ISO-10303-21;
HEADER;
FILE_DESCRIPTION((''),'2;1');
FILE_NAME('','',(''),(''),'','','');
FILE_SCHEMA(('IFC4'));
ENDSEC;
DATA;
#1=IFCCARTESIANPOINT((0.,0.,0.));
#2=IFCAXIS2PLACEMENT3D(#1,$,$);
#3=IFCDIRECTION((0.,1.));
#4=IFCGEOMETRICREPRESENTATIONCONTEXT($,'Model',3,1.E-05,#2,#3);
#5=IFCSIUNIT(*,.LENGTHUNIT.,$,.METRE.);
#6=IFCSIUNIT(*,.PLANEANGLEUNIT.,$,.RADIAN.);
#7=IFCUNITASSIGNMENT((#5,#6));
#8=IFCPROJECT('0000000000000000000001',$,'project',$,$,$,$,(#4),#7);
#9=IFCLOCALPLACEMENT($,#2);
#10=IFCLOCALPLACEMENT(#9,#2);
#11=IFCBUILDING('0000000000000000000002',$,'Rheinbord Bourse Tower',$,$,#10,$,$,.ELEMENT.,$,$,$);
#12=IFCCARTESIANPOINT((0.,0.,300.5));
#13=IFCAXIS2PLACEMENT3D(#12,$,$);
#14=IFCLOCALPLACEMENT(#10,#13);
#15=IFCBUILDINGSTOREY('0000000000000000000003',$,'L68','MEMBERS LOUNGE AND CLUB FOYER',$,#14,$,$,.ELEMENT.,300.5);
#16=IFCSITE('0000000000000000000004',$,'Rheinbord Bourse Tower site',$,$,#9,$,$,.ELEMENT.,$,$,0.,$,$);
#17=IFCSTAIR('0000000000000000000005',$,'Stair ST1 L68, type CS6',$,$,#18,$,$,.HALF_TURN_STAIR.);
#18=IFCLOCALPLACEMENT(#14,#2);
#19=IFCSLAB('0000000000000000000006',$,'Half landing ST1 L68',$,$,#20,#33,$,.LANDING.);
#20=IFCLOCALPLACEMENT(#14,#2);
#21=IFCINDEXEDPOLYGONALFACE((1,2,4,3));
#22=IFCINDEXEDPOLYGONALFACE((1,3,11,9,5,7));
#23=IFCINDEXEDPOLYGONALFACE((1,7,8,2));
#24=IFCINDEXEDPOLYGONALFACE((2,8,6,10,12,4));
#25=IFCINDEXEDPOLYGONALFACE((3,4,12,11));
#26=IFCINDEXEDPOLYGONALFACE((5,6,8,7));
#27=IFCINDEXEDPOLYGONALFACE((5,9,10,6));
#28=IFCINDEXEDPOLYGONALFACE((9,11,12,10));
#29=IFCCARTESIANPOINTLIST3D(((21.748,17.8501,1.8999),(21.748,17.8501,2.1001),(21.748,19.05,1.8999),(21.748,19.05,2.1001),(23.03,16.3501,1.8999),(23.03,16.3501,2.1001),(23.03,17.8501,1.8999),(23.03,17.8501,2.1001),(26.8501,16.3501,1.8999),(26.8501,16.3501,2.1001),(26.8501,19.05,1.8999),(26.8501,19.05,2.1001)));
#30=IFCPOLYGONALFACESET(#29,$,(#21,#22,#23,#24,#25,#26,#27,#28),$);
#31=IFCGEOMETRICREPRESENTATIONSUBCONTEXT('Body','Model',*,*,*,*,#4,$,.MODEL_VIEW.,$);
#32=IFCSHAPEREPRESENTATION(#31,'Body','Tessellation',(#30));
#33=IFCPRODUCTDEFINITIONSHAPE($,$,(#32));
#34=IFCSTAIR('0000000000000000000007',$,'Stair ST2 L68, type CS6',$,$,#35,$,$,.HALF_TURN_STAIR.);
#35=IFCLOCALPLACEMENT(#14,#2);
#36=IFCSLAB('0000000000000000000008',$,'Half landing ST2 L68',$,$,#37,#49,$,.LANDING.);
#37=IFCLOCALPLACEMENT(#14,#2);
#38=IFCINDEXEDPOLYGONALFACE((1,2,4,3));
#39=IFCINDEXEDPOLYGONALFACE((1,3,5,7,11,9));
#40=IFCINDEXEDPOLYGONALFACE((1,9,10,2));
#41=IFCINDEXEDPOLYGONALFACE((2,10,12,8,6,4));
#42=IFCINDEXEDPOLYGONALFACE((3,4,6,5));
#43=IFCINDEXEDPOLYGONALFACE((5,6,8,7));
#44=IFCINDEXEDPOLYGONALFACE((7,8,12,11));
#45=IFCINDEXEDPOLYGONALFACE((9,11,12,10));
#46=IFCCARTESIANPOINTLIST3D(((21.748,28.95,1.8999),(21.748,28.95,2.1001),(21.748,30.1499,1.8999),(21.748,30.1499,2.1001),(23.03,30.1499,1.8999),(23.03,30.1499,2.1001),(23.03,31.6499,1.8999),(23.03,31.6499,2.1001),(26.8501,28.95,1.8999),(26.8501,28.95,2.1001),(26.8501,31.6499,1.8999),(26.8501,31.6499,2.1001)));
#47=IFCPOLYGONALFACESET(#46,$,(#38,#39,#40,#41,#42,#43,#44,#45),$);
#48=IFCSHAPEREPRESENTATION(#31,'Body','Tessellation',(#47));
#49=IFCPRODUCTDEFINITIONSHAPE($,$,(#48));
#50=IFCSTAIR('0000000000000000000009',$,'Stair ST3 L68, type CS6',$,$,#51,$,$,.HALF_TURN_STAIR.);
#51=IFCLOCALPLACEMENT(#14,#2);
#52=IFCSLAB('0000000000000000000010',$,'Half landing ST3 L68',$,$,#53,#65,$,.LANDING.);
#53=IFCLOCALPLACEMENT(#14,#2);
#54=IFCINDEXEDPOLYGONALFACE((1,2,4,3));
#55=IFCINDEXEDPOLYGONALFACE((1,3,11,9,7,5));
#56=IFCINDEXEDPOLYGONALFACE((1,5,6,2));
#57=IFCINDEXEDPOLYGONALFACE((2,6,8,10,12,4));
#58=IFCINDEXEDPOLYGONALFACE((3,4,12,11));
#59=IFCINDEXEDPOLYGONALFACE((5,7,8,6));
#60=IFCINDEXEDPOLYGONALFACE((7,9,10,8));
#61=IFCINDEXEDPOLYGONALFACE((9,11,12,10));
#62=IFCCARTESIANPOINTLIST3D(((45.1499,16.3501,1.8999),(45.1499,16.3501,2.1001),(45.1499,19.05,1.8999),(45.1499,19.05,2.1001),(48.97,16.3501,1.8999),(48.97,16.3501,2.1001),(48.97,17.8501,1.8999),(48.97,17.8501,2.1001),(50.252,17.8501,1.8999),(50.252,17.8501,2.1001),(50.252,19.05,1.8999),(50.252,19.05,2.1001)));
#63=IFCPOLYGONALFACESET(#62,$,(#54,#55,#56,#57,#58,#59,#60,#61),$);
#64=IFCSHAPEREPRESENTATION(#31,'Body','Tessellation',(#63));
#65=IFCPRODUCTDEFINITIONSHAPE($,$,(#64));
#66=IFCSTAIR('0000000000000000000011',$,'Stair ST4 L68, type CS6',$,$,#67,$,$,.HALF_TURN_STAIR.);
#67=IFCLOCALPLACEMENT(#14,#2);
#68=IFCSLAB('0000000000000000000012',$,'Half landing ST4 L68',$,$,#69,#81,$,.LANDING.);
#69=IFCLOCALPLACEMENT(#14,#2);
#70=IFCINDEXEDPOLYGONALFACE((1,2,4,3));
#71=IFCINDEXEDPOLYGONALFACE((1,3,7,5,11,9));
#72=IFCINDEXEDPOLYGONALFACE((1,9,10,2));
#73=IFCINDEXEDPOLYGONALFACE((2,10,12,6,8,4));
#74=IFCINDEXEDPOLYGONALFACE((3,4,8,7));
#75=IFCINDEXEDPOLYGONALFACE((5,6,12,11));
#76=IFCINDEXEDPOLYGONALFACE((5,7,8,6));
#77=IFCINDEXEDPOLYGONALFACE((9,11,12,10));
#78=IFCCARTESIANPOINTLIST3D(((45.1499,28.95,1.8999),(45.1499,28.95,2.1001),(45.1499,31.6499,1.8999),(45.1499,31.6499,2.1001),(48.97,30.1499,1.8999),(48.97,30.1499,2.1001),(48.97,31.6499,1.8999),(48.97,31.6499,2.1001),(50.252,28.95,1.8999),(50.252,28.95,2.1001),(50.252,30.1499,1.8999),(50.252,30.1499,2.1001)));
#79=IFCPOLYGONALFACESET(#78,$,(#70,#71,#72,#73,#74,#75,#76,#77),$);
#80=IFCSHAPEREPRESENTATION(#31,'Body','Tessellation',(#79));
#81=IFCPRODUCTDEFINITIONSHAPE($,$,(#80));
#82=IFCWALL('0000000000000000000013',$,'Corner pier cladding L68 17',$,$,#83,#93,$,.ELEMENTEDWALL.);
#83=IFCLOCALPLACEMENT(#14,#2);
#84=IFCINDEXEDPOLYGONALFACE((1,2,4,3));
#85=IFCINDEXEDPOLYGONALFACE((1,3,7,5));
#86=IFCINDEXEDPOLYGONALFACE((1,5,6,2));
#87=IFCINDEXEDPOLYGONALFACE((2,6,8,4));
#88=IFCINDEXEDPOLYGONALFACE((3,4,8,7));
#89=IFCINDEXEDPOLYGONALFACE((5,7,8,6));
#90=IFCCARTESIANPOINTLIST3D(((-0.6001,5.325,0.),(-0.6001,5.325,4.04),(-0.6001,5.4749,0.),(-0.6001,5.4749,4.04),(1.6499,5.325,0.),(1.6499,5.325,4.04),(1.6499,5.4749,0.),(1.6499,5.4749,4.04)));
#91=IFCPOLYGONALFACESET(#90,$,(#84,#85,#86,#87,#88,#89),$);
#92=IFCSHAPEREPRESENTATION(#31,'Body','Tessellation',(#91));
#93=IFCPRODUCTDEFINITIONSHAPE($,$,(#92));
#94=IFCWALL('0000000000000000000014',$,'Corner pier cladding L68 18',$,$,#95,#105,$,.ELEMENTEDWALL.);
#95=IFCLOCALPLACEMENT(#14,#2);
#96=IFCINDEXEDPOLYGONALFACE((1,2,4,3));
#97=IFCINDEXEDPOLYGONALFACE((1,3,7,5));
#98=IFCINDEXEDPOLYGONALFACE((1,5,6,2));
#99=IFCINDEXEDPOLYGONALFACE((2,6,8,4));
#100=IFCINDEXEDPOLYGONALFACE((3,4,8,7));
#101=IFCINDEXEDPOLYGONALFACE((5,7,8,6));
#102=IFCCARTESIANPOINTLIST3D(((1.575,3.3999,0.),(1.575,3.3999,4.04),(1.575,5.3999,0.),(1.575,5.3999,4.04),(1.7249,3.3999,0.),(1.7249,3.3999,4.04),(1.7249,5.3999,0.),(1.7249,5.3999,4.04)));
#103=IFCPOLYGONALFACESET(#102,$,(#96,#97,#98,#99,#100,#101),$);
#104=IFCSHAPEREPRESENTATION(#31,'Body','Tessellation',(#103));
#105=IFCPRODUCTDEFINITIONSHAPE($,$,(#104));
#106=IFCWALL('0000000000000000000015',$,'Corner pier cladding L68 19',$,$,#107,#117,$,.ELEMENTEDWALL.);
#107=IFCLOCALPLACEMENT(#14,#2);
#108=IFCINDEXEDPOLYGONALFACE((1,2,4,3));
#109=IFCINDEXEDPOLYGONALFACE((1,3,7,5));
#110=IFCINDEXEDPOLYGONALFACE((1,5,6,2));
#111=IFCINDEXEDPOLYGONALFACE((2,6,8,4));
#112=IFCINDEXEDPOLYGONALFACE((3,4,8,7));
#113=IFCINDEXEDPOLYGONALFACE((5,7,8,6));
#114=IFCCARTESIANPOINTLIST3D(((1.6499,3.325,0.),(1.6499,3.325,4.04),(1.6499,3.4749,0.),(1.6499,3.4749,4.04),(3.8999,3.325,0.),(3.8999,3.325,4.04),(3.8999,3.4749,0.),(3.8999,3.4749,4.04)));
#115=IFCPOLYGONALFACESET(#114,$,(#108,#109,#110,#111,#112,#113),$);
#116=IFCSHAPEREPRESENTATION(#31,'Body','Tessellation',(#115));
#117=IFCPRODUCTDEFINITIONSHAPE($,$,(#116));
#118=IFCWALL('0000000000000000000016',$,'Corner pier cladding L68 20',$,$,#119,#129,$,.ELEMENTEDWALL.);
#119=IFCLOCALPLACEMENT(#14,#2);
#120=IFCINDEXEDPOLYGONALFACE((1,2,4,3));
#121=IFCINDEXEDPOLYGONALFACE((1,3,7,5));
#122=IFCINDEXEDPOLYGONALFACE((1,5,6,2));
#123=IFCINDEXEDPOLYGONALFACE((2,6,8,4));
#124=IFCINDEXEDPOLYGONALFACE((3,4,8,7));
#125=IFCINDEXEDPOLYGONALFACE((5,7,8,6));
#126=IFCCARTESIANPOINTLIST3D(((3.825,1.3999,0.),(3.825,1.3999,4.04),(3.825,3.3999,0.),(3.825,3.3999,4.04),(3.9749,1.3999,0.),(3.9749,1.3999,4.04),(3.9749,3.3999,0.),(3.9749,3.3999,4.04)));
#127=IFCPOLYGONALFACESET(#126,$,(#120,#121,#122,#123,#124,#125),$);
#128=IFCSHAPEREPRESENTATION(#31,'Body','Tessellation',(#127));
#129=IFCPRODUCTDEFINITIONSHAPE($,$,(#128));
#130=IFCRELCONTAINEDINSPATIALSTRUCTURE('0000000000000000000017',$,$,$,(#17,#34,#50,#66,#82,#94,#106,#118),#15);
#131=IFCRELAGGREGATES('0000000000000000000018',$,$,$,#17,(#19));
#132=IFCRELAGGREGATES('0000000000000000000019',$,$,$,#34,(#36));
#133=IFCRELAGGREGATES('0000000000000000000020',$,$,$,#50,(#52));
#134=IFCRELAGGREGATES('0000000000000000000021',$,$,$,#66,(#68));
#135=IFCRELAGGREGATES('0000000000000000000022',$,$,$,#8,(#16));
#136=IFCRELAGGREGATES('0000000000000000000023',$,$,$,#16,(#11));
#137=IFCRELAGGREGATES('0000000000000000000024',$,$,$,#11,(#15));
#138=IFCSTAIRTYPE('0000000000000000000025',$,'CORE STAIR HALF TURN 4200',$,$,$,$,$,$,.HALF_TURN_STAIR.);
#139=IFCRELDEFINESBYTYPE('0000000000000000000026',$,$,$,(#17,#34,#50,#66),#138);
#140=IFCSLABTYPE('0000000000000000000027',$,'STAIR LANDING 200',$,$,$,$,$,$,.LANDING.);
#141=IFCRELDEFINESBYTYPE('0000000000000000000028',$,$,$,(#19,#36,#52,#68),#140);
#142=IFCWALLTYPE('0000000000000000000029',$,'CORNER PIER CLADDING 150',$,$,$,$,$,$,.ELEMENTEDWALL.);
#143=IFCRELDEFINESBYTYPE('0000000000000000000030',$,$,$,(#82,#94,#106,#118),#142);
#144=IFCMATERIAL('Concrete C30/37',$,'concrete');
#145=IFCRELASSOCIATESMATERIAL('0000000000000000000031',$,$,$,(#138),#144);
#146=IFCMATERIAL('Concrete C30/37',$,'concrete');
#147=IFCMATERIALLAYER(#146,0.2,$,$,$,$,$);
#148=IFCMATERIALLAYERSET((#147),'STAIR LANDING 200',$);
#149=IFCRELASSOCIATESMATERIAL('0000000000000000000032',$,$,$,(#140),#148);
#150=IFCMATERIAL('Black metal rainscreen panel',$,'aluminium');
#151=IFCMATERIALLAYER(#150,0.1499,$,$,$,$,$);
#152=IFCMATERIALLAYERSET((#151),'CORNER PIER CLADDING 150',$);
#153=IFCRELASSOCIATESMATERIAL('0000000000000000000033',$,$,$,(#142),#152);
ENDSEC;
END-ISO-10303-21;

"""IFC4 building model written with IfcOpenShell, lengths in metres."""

from ifc_helpers import new_model, si_unit, direction, frame, frame_2d, origin, place, context, subcontext, project, spatial, polyline, rectangle, outline, extrude, material, layer, layer_set, type_object, element, aggregate, save


model = new_model("IFC4")

# Units and contexts
model_context = context("Model", 3, precision=1e-05, world=origin(), true_north=direction((0.0, 1.0)))
body_context = subcontext(model_context, "Body", "Model", "MODEL_VIEW")
ifc_project = project(units=[si_unit("LENGTHUNIT", "METRE"), si_unit("PLANEANGLEUNIT", "RADIAN")], contexts=[model_context])

# Site, building, storey
site_placement = place(None, origin())
site = spatial("IfcSite", under=ifc_project, at=site_placement, Name="Rheinbord Bourse Tower site", CompositionType="ELEMENT", RefElevation=0.0)
building_placement = place(site_placement, origin())
building = spatial("IfcBuilding", under=site, at=building_placement, Name="Rheinbord Bourse Tower", CompositionType="ELEMENT")
storey_placement = place(building_placement, frame((0.0, 0.0, 300.5)))
storey = spatial("IfcBuildingStorey", under=building, at=storey_placement, Name="L68", Description="MEMBERS LOUNGE AND CLUB FOYER", CompositionType="ELEMENT", Elevation=300.5)

# Stairs, slabs
ifc_material_1 = material(Name="Concrete C30/37", Category="concrete")
stair_type = type_object("IfcStairType", Name="CORE STAIR HALF TURN 4200", PredefinedType="HALF_TURN_STAIR", material=ifc_material_1)
stair_1_placement = place(storey_placement, origin())
stair_1 = element("IfcStair", 1, at=stair_1_placement, inside=storey, type_object=stair_type, Name="Stair ST1 L68, type CS6", PredefinedType="HALF_TURN_STAIR")
ifc_material_2 = material(Name="Concrete C30/37", Category="concrete")
ifc_layer_1 = layer(ifc_material_2, 0.2)
ifc_layer_set_1 = layer_set([ifc_layer_1], Name="STAIR LANDING 200")
slab_type_1 = type_object("IfcSlabType", Name="STAIR LANDING 200", PredefinedType="LANDING", material=ifc_layer_set_1)
slab_1_placement = place(storey_placement, frame((0.0, 0.0, 1.8999)))
slab_1 = element("IfcSlab", 2, at=slab_1_placement, type_object=slab_type_1, Name="Half landing ST1 L68", PredefinedType="LANDING", context=body_context, shape_type="SweptSolid", body=[
    extrude(outline(polyline([(23.03, 16.3501), (26.8501, 16.3501), (26.8501, 19.05), (21.748, 19.05), (21.748, 17.8501), (23.03, 17.8501), (23.03, 16.3501)])), origin(), (0.0, 0.0, 1.0), 0.2002),
])
aggregate(stair_1, [slab_1])
stair_2_placement = place(storey_placement, origin())
stair_2 = element("IfcStair", 3, at=stair_2_placement, inside=storey, type_object=stair_type, Name="Stair ST2 L68, type CS6", PredefinedType="HALF_TURN_STAIR")
slab_2_placement = place(storey_placement, frame((0.0, 0.0, 1.8999)))
slab_2 = element("IfcSlab", 4, at=slab_2_placement, type_object=slab_type_1, Name="Half landing ST2 L68", PredefinedType="LANDING", context=body_context, shape_type="SweptSolid", body=[
    extrude(outline(polyline([(21.748, 28.95), (26.8501, 28.95), (26.8501, 31.6499), (23.03, 31.6499), (23.03, 30.1499), (21.748, 30.1499), (21.748, 28.95)])), origin(), (0.0, 0.0, 1.0), 0.2002),
])
aggregate(stair_2, [slab_2])
stair_3_placement = place(storey_placement, origin())
stair_3 = element("IfcStair", 5, at=stair_3_placement, inside=storey, type_object=stair_type, Name="Stair ST3 L68, type CS6", PredefinedType="HALF_TURN_STAIR")
slab_3_placement = place(storey_placement, frame((0.0, 0.0, 1.8999)))
slab_3 = element("IfcSlab", 6, at=slab_3_placement, type_object=slab_type_1, Name="Half landing ST3 L68", PredefinedType="LANDING", context=body_context, shape_type="SweptSolid", body=[
    extrude(outline(polyline([(45.1499, 16.3501), (48.97, 16.3501), (48.97, 17.8501), (50.252, 17.8501), (50.252, 19.05), (45.1499, 19.05), (45.1499, 16.3501)])), origin(), (0.0, 0.0, 1.0), 0.2002),
])
aggregate(stair_3, [slab_3])
stair_4_placement = place(storey_placement, origin())
stair_4 = element("IfcStair", 7, at=stair_4_placement, inside=storey, type_object=stair_type, Name="Stair ST4 L68, type CS6", PredefinedType="HALF_TURN_STAIR")
slab_4_placement = place(storey_placement, frame((0.0, 0.0, 1.8999)))
slab_4 = element("IfcSlab", 8, at=slab_4_placement, type_object=slab_type_1, Name="Half landing ST4 L68", PredefinedType="LANDING", context=body_context, shape_type="SweptSolid", body=[
    extrude(outline(polyline([(45.1499, 28.95), (50.252, 28.95), (50.252, 30.1499), (48.97, 30.1499), (48.97, 31.6499), (45.1499, 31.6499), (45.1499, 28.95)])), origin(), (0.0, 0.0, 1.0), 0.2002),
])
aggregate(stair_4, [slab_4])

# Walls
ifc_material_3 = material(Name="Black metal rainscreen panel", Category="aluminium")
ifc_layer_2 = layer(ifc_material_3, 0.1499)
ifc_layer_set_2 = layer_set([ifc_layer_2], Name="CORNER PIER CLADDING 150")
wall_type = type_object("IfcWallType", Name="CORNER PIER CLADDING 150", PredefinedType="ELEMENTEDWALL", material=ifc_layer_set_2)
wall_1_placement = place(storey_placement, frame((-0.6001, 5.3999, 0.0), z_axis=(0.0, 0.0, 1.0), x_axis=(1.0, 0.0, 0.0)))
element("IfcWall", 9, at=wall_1_placement, inside=storey, type_object=wall_type, Name="Corner pier cladding L68 17", PredefinedType="ELEMENTEDWALL", context=body_context, shape_type="SweptSolid", body=[
    extrude(rectangle(XDim=2.25, YDim=0.1499, at=frame_2d((1.125, 0.0))), origin(), (0.0, 0.0, 1.0), 4.04),
])
wall_2_placement = place(storey_placement, frame((1.6499, 5.3999, 0.0), z_axis=(0.0, 0.0, 1.0), x_axis=(0.0, -1.0, 0.0)))
element("IfcWall", 10, at=wall_2_placement, inside=storey, type_object=wall_type, Name="Corner pier cladding L68 18", PredefinedType="ELEMENTEDWALL", context=body_context, shape_type="SweptSolid", body=[
    extrude(rectangle(XDim=2.0, YDim=0.1499, at=frame_2d((1.0, 0.0))), origin(), (0.0, 0.0, 1.0), 4.04),
])
wall_3_placement = place(storey_placement, frame((1.6499, 3.3999, 0.0), z_axis=(0.0, 0.0, 1.0), x_axis=(1.0, 0.0, 0.0)))
element("IfcWall", 11, at=wall_3_placement, inside=storey, type_object=wall_type, Name="Corner pier cladding L68 19", PredefinedType="ELEMENTEDWALL", context=body_context, shape_type="SweptSolid", body=[
    extrude(rectangle(XDim=2.25, YDim=0.1499, at=frame_2d((1.125, 0.0))), origin(), (0.0, 0.0, 1.0), 4.04),
])
wall_4_placement = place(storey_placement, frame((3.8999, 3.3999, 0.0), z_axis=(0.0, 0.0, 1.0), x_axis=(0.0, -1.0, 0.0)))
element("IfcWall", 12, at=wall_4_placement, inside=storey, type_object=wall_type, Name="Corner pier cladding L68 20", PredefinedType="ELEMENTEDWALL", context=body_context, shape_type="SweptSolid", body=[
    extrude(rectangle(XDim=2.0, YDim=0.1499, at=frame_2d((1.0, 0.0))), origin(), (0.0, 0.0, 1.0), 4.04),
])

save(model, "model.ifc")
